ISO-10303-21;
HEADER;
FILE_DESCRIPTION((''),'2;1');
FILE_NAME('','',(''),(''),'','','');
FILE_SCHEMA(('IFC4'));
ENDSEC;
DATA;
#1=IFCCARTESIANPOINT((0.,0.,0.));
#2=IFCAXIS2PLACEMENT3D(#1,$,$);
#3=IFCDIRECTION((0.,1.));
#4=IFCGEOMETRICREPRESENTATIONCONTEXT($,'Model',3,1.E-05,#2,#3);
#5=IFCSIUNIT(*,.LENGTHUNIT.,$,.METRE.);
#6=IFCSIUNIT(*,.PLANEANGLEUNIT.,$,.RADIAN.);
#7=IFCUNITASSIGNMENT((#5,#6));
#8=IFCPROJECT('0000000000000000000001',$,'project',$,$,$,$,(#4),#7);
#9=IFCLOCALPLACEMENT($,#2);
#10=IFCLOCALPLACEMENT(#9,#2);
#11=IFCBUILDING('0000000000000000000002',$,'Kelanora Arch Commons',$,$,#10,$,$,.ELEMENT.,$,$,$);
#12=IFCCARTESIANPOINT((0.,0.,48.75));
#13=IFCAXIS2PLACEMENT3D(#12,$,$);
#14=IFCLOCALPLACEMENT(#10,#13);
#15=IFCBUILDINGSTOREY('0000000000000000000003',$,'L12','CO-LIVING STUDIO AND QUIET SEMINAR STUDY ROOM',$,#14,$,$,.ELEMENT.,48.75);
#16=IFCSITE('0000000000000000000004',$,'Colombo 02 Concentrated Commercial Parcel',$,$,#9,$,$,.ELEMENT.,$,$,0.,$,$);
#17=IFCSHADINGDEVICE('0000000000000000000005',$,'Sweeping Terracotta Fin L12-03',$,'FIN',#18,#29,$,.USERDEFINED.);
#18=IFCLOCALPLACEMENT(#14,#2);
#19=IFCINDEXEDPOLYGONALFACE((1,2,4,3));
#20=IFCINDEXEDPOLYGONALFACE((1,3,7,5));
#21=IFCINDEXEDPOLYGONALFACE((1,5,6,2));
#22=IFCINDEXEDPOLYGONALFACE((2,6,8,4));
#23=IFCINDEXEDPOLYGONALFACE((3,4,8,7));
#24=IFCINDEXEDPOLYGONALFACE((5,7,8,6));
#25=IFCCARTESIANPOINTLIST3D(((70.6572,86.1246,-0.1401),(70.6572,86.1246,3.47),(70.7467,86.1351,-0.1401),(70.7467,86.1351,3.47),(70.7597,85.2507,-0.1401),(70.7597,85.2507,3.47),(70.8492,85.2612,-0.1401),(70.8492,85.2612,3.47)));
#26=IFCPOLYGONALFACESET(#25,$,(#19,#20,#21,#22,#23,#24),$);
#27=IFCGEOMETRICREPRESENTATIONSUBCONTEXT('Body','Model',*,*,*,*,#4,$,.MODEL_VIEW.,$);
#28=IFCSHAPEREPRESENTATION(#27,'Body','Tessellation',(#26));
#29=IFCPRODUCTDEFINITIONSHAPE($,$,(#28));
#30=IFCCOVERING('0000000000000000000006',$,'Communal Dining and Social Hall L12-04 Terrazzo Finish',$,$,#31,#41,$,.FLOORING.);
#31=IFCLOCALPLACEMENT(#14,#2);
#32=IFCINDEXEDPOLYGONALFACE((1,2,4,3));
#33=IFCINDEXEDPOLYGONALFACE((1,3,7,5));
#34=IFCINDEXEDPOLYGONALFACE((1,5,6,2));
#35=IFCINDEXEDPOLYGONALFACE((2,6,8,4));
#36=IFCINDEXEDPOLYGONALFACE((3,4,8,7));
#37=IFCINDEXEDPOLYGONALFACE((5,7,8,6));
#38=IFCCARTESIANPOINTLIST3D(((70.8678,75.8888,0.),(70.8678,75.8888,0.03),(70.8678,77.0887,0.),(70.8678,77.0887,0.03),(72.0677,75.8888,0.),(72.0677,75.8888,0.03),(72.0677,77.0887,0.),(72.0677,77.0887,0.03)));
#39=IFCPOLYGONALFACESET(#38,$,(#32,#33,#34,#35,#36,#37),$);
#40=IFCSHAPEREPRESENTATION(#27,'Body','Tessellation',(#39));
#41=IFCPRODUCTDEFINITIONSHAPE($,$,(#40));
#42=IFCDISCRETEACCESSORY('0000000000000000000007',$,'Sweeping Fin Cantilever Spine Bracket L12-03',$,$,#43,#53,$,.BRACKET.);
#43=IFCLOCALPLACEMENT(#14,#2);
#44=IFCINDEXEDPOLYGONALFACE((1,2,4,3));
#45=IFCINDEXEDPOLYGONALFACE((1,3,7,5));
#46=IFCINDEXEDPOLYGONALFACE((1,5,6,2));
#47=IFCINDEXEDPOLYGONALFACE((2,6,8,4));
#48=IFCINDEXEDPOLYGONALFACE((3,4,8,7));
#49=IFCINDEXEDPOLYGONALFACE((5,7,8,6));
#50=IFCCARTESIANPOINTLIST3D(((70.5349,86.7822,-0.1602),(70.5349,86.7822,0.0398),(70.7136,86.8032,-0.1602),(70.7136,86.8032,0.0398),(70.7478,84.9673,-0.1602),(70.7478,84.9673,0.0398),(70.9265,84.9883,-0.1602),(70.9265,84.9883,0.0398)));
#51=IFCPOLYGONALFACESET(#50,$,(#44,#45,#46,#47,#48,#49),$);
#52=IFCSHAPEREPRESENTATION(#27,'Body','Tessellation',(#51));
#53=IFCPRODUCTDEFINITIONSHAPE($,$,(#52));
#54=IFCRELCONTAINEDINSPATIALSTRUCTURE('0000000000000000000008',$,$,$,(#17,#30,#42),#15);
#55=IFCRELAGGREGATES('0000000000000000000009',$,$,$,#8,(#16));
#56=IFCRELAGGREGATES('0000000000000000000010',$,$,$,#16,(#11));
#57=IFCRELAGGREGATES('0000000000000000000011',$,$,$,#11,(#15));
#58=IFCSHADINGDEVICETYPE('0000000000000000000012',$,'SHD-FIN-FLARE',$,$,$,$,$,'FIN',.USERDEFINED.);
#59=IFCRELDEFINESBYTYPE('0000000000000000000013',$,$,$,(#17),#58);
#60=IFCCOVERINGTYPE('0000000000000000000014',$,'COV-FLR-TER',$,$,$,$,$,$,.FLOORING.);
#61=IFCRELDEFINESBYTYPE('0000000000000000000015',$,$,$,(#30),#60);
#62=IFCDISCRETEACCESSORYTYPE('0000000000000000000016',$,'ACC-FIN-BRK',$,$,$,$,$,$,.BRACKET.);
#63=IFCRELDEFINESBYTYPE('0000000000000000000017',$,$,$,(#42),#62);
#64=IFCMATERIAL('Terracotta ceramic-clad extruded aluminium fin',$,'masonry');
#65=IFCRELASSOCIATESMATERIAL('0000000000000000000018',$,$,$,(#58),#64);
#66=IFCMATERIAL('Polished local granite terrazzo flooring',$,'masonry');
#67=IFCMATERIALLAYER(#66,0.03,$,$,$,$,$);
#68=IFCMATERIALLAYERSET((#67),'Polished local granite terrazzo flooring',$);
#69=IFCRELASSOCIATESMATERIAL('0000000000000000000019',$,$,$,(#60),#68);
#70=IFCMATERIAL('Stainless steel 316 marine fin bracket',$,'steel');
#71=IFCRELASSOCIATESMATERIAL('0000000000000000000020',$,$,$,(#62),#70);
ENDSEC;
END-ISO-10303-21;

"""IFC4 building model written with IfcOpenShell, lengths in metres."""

from ifc_helpers import new_model, si_unit, direction, frame, origin, origin_2d, place, context, subcontext, project, spatial, rectangle, extrude, source, transform, mapped, material, layer, layer_set, type_object, element, save


model = new_model("IFC4")

# Units and contexts
model_context = context("Model", 3, precision=1e-05, world=origin(), true_north=direction((0.0, 1.0)))
body_context = subcontext(model_context, "Body", "Model", "MODEL_VIEW")
ifc_project = project(units=[si_unit("LENGTHUNIT", "METRE"), si_unit("PLANEANGLEUNIT", "RADIAN")], contexts=[model_context])

# Site, building, storey
site_placement = place(None, origin())
site = spatial("IfcSite", under=ifc_project, at=site_placement, Name="Colombo 02 Concentrated Commercial Parcel", CompositionType="ELEMENT", RefElevation=0.0)
building_placement = place(site_placement, origin())
building = spatial("IfcBuilding", under=site, at=building_placement, Name="Kelanora Arch Commons", CompositionType="ELEMENT")
storey_placement = place(building_placement, frame((0.0, 0.0, 48.75)))
storey = spatial("IfcBuildingStorey", under=building, at=storey_placement, Name="L12", Description="CO-LIVING STUDIO AND QUIET SEMINAR STUDY ROOM", CompositionType="ELEMENT", Elevation=48.75)

# Shading device
ifc_material_1 = material(Name="Terracotta ceramic-clad extruded aluminium fin", Category="masonry")
shading_device_type = type_object("IfcShadingDeviceType", Name="SHD-FIN-FLARE", ElementType="FIN", PredefinedType="USERDEFINED", material=ifc_material_1)
shared_shape_1 = source(origin(), body_context, "Body", "SweptSolid", [
    extrude(rectangle(XDim=0.8799, YDim=0.0901, at=origin_2d()), origin(), (0.0, 0.0, 1.0), 3.6101),
])
shading_device_placement = place(storey_placement, frame((70.7532, 85.6929, -0.1401), z_axis=(0.0, 0.0, 1.0), x_axis=(-0.116497, 0.993191, 0.0)))
element("IfcShadingDevice", 1, at=shading_device_placement, inside=storey, type_object=shading_device_type, Name="Sweeping Terracotta Fin L12-03", ObjectType="FIN", PredefinedType="USERDEFINED", context=body_context, shape_type="MappedRepresentation", body=[
    mapped(shared_shape_1, transform((0.0, 0.0, 0.0), scale=1.0)),
])

# Covering
ifc_material_2 = material(Name="Polished local granite terrazzo flooring", Category="masonry")
ifc_layer_1 = layer(ifc_material_2, 0.03)
ifc_layer_set_1 = layer_set([ifc_layer_1], Name="Polished local granite terrazzo flooring")
covering_type = type_object("IfcCoveringType", Name="COV-FLR-TER", PredefinedType="FLOORING", material=ifc_layer_set_1)
shared_shape_2 = source(origin(), body_context, "Body", "SweptSolid", [
    extrude(rectangle(XDim=1.2, YDim=1.2, at=origin_2d()), origin(), (0.0, 0.0, 1.0), 0.03),
])
covering_placement = place(storey_placement, frame((71.4678, 76.4888, 0.0), z_axis=(0.0, 0.0, 1.0), x_axis=(1.0, 0.0, 0.0)))
element("IfcCovering", 2, at=covering_placement, inside=storey, type_object=covering_type, Name="Communal Dining and Social Hall L12-04 Terrazzo Finish", PredefinedType="FLOORING", context=body_context, shape_type="MappedRepresentation", body=[
    mapped(shared_shape_2, transform((0.0, 0.0, 0.0), scale=1.0)),
])

# Discrete accessory
ifc_material_3 = material(Name="Stainless steel 316 marine fin bracket", Category="steel")
discrete_accessory_type = type_object("IfcDiscreteAccessoryType", Name="ACC-FIN-BRK", PredefinedType="BRACKET", material=ifc_material_3)
shared_shape_3 = source(origin(), body_context, "Body", "SweptSolid", [
    extrude(rectangle(XDim=1.8274, YDim=0.1799, at=origin_2d()), origin(), (0.0, 0.0, 1.0), 0.2),
])
discrete_accessory_placement = place(storey_placement, frame((70.7307, 85.8853, -0.1602), z_axis=(0.0, 0.0, 1.0), x_axis=(-0.116497, 0.993191, 0.0)))
element("IfcDiscreteAccessory", 3, at=discrete_accessory_placement, inside=storey, type_object=discrete_accessory_type, Name="Sweeping Fin Cantilever Spine Bracket L12-03", PredefinedType="BRACKET", context=body_context, shape_type="MappedRepresentation", body=[
    mapped(shared_shape_3, transform((0.0, 0.0, 0.0), scale=1.0)),
])

save(model, "model.ifc")
